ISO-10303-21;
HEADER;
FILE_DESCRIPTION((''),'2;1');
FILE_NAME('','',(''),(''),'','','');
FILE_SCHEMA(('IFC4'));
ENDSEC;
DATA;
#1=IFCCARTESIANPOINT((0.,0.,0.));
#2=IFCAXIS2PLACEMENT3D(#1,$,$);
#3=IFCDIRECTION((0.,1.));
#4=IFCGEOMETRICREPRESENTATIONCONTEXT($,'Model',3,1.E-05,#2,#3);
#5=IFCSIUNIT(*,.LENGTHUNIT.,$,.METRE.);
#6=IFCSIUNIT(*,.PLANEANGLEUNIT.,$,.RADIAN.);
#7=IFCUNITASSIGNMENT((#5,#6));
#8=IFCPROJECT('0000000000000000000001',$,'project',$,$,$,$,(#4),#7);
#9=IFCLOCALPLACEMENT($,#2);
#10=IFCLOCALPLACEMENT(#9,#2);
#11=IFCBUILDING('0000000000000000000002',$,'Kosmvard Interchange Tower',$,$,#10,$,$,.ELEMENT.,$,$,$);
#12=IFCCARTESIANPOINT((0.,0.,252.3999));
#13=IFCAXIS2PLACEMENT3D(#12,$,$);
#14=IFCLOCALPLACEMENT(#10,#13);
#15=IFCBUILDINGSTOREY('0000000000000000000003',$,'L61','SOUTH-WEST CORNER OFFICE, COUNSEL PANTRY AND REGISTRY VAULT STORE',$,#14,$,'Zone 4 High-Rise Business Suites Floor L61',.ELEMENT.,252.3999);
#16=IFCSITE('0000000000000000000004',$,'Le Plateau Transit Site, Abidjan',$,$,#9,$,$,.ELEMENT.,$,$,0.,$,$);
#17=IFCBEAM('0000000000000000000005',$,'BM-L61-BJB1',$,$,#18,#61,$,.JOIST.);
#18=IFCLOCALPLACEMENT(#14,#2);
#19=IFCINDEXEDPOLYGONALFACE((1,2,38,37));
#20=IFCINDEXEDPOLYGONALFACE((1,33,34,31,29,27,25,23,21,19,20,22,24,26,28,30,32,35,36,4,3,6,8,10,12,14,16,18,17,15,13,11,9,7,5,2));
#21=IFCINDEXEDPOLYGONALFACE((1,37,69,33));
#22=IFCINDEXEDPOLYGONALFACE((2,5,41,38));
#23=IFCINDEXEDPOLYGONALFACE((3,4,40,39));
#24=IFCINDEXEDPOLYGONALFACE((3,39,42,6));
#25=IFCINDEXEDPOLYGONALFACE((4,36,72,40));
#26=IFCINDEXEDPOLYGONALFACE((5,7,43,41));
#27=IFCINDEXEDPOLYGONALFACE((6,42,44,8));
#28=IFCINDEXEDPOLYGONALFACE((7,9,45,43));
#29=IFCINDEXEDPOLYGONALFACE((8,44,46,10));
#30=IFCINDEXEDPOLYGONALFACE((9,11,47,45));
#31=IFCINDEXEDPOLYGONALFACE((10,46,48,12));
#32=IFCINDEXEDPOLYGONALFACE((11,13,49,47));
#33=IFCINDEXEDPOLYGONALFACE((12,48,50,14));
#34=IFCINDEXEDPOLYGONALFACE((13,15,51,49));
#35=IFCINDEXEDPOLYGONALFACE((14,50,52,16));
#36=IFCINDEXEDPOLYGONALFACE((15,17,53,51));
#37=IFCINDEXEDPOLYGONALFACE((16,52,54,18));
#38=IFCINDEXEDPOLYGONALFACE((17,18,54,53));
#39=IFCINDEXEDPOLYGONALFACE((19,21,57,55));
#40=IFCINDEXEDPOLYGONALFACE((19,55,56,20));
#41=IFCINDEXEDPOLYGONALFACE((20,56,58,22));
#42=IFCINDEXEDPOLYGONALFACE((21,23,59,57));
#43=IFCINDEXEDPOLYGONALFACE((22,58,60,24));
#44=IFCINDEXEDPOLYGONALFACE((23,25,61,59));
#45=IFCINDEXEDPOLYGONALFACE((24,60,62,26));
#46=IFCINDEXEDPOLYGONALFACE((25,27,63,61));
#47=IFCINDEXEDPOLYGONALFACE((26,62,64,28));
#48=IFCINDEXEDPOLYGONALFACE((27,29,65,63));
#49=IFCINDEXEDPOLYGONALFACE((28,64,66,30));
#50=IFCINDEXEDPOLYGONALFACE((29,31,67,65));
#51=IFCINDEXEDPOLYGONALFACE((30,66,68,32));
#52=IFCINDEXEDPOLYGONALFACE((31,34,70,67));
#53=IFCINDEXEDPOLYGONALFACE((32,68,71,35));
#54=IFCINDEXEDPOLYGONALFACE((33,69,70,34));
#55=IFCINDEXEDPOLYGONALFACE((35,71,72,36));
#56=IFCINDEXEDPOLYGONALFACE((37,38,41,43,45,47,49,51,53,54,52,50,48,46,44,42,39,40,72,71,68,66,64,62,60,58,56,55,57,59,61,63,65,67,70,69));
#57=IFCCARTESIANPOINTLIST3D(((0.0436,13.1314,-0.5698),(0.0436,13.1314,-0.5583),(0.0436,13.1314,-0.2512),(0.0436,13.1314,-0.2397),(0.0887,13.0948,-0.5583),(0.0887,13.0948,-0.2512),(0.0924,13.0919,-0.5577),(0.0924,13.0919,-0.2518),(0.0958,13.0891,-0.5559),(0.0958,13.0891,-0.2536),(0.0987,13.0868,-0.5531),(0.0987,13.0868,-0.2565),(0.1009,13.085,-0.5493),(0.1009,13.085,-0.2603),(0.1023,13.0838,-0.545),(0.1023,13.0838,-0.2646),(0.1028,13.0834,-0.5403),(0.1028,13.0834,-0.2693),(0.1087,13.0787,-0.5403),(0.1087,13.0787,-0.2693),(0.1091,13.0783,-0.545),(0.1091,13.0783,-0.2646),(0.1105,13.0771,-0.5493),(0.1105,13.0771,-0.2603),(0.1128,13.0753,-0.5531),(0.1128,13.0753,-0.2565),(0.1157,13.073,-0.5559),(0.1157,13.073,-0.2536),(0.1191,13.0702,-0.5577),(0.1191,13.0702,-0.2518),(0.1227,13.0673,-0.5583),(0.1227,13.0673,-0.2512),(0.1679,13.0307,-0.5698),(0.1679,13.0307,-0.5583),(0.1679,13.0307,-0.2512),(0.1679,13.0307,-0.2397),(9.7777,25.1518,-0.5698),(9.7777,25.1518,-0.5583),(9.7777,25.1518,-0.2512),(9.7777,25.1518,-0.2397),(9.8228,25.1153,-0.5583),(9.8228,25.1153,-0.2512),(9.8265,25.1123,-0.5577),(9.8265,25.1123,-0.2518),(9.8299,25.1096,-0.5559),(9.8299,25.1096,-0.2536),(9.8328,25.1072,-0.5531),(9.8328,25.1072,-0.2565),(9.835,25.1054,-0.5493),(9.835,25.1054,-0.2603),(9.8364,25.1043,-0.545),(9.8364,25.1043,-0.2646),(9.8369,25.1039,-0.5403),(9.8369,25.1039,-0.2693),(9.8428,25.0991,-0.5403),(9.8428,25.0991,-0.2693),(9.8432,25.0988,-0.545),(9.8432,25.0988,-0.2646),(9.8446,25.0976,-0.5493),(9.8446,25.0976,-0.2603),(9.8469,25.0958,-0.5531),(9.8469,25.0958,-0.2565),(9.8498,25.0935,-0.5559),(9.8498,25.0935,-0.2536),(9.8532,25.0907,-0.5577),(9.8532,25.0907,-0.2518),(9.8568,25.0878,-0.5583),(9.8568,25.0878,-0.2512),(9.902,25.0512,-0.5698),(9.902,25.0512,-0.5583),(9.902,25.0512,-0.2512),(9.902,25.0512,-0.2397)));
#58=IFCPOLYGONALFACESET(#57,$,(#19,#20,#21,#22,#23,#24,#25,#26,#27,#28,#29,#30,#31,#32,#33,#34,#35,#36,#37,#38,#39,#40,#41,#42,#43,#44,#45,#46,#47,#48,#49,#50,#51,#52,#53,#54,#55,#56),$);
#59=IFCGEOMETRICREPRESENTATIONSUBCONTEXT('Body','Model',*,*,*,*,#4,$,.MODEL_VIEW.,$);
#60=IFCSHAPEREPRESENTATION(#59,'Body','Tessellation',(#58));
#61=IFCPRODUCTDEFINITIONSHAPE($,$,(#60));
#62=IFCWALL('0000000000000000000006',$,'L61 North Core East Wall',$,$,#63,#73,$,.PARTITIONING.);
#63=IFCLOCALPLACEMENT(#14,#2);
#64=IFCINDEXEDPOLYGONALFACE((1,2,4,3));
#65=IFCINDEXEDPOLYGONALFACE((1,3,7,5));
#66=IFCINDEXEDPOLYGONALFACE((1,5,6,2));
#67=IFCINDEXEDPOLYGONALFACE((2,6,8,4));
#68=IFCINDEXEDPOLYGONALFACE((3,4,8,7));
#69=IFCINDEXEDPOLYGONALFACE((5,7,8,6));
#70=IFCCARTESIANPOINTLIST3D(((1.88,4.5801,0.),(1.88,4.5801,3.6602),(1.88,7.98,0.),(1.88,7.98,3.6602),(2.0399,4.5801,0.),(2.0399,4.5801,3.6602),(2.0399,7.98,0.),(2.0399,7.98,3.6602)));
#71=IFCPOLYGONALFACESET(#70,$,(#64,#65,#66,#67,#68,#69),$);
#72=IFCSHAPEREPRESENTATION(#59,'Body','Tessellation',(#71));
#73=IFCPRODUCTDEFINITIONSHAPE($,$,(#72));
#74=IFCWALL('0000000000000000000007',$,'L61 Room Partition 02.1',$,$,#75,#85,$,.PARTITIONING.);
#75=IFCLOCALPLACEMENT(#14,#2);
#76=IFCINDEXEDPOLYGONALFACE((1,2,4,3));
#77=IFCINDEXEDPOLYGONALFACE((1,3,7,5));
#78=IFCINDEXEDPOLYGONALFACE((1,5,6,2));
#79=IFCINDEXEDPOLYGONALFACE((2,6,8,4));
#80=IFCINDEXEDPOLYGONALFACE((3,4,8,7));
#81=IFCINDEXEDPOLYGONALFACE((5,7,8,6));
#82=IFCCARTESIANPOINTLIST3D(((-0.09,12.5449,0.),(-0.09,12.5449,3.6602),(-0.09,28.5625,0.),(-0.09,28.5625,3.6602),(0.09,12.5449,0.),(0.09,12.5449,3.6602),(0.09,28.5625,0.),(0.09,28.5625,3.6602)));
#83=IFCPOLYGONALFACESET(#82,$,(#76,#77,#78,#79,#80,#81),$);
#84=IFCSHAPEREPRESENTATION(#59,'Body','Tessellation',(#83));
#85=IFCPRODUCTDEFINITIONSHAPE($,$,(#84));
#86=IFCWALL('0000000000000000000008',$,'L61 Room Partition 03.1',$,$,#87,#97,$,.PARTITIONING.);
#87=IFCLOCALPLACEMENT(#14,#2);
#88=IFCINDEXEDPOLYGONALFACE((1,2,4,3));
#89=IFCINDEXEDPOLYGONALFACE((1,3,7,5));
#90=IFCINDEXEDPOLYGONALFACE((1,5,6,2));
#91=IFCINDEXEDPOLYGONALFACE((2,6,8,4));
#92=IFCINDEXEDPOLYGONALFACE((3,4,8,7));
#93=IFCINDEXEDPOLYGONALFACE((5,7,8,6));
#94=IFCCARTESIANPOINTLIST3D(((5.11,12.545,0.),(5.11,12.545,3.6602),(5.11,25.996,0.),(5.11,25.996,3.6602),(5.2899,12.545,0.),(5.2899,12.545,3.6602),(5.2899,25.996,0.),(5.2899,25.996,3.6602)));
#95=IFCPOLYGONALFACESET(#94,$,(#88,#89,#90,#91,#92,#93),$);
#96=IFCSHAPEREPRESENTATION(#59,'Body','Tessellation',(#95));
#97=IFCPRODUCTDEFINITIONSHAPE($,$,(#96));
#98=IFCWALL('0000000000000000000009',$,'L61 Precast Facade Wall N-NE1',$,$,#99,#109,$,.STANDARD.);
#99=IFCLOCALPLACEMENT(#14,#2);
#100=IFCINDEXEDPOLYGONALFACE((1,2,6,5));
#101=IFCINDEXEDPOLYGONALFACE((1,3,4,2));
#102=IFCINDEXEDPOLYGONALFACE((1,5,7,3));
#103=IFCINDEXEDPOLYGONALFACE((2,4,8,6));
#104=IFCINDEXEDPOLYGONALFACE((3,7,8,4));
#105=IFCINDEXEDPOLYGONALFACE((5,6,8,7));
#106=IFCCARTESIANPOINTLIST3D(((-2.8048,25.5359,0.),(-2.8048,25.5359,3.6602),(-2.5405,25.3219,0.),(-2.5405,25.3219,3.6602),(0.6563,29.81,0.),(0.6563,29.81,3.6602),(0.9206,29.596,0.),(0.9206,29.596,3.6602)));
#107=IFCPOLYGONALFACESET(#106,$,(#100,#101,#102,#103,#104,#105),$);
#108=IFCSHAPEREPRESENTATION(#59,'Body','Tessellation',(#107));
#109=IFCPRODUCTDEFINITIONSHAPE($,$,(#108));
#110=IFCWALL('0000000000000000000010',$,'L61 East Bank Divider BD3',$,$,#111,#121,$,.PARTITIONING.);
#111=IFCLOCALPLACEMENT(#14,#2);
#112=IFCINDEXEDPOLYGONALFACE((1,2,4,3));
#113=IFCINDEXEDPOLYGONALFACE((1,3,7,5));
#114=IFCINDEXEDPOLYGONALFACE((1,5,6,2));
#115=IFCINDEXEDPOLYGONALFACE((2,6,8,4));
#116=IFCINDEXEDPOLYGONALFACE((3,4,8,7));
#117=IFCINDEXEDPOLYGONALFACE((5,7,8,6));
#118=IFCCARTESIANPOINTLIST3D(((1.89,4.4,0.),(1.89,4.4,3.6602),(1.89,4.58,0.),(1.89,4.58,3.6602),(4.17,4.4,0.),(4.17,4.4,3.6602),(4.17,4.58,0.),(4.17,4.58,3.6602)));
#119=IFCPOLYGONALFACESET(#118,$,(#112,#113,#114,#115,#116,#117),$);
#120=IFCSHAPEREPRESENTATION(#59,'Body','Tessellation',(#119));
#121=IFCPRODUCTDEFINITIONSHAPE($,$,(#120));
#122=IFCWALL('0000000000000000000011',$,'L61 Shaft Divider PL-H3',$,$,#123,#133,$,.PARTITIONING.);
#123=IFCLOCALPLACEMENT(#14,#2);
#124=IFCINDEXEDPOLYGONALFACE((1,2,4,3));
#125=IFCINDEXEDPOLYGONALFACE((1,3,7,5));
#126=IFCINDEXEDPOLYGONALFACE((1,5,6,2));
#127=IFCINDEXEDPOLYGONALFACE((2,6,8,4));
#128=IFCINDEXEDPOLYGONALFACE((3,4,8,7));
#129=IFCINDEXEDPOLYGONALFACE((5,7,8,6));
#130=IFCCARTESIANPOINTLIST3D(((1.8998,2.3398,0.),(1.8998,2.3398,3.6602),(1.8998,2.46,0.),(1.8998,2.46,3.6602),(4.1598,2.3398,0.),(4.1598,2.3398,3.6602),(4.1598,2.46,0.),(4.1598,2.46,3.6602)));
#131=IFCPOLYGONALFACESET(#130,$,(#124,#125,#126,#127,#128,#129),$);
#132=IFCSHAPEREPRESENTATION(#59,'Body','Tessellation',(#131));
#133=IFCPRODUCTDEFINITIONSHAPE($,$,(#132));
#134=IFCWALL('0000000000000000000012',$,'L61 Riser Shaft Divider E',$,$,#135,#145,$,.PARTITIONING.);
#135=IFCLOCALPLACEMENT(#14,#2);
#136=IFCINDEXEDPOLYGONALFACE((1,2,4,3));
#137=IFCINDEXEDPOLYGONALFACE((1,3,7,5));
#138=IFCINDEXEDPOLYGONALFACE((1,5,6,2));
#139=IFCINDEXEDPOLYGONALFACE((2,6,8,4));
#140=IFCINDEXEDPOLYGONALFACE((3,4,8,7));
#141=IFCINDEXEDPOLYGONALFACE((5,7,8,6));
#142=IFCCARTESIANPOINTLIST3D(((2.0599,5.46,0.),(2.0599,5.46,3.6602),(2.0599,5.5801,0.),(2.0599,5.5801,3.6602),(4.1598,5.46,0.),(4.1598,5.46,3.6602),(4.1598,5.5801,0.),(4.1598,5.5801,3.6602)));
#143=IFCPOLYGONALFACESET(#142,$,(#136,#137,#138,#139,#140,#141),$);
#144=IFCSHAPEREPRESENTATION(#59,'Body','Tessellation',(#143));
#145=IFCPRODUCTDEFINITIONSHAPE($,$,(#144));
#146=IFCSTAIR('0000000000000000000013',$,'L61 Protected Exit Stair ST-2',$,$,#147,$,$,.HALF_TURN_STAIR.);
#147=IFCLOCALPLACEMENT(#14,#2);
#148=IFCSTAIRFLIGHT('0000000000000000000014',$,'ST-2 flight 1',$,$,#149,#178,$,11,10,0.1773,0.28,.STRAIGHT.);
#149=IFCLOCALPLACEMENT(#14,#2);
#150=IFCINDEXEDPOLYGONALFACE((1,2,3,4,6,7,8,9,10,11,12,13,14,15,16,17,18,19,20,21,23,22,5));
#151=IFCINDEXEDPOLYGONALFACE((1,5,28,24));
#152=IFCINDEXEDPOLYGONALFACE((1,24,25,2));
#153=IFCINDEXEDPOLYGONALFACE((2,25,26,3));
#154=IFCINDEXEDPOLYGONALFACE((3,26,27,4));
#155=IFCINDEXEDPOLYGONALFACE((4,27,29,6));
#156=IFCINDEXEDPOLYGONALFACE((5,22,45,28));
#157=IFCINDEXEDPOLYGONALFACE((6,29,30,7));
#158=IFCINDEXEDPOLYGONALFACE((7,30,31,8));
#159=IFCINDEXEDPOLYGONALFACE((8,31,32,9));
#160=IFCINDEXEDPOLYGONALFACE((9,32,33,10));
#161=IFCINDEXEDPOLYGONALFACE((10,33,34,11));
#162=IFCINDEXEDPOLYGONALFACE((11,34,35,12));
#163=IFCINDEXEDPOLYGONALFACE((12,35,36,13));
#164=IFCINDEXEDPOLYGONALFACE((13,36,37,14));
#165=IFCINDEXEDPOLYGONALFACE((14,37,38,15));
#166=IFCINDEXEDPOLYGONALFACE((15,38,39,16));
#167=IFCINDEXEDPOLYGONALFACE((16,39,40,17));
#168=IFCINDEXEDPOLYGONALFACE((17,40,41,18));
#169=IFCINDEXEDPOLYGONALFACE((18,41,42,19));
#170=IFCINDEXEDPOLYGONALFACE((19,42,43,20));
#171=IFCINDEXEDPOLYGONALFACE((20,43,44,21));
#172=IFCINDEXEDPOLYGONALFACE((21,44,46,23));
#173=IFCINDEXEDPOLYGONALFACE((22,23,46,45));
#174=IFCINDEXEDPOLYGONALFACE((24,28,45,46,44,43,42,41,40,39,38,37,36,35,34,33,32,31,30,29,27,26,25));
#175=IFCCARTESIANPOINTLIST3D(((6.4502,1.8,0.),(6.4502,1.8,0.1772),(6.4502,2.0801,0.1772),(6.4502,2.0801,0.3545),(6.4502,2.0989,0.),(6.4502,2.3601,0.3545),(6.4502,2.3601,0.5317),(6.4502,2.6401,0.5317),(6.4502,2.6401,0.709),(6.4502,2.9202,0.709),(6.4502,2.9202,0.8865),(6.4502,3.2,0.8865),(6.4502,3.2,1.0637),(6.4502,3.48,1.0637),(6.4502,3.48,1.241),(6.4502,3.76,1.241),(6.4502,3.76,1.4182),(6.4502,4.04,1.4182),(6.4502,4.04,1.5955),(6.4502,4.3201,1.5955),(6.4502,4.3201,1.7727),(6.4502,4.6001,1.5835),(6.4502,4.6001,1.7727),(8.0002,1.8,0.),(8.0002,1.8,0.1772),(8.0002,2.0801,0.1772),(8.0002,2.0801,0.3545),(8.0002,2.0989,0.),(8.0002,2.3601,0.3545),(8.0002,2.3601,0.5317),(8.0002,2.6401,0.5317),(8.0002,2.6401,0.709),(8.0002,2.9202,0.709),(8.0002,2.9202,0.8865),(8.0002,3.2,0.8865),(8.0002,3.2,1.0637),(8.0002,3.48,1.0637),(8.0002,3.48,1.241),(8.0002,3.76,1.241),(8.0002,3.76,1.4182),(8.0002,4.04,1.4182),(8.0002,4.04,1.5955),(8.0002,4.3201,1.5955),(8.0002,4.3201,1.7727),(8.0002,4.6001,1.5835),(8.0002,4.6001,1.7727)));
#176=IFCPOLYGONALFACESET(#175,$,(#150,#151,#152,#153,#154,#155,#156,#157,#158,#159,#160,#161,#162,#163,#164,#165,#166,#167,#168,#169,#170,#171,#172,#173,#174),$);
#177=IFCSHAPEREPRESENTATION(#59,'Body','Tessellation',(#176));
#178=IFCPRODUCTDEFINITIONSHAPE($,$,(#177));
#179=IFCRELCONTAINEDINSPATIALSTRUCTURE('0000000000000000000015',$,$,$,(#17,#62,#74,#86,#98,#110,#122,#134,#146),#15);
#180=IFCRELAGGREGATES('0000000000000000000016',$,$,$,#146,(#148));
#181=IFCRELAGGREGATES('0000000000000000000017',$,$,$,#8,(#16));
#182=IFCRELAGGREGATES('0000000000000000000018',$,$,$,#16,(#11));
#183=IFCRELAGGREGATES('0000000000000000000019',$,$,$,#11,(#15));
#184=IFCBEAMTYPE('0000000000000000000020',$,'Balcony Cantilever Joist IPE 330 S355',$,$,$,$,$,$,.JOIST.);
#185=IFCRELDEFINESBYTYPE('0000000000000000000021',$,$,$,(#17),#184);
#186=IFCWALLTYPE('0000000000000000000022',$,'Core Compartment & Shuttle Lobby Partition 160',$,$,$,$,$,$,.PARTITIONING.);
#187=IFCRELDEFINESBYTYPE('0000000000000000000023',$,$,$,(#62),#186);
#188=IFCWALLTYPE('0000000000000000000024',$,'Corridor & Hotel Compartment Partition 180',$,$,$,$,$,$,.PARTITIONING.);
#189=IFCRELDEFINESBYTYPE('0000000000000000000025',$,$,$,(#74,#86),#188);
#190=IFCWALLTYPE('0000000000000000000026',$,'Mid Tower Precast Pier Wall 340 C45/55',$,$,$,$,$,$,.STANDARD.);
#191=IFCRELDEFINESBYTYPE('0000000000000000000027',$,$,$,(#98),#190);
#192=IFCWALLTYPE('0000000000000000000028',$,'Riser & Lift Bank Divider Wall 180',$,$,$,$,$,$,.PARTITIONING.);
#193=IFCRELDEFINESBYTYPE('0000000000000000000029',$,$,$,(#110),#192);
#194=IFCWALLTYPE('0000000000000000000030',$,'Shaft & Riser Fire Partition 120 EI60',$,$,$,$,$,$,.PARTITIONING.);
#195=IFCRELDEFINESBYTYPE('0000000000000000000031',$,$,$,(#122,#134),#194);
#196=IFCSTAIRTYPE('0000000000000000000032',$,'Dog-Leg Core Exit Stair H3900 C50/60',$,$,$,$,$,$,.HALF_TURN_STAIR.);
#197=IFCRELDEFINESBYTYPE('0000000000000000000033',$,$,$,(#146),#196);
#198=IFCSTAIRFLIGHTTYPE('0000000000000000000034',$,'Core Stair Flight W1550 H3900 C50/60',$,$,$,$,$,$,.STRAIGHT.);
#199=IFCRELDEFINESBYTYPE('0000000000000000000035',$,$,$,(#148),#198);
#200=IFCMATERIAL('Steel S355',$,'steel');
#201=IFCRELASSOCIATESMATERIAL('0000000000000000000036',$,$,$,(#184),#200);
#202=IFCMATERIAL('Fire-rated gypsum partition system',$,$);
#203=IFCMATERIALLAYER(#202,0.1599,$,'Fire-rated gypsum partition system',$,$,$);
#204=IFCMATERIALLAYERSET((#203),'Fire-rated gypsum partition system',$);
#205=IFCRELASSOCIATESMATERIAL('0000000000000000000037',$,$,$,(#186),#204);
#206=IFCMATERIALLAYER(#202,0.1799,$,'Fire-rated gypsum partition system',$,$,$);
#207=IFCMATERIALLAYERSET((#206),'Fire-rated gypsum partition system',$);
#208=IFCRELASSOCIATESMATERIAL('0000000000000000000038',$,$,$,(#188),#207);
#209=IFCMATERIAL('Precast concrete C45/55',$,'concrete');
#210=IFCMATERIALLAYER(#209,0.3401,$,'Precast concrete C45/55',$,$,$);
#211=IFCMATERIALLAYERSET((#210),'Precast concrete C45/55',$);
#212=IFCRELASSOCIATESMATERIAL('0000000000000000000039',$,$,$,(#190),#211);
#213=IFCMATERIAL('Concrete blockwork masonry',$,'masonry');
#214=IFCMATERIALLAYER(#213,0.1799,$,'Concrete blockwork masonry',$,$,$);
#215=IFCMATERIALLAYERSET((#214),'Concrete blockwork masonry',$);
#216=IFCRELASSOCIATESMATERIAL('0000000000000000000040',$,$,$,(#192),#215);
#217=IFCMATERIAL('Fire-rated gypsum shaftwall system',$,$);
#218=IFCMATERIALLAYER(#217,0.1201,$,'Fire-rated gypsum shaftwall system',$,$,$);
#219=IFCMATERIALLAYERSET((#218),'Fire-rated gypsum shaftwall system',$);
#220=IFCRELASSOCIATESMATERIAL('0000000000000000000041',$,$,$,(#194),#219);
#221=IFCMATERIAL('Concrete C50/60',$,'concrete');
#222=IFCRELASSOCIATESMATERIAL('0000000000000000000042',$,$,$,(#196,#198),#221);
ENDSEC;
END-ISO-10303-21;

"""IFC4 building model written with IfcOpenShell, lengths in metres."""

from ifc_helpers import new_model, si_unit, direction, frame, frame_2d, origin, origin_2d, place, context, subcontext, project, spatial, polyline, rectangle, i_section, outline, extrude, source, transform, mapped, material, layer, layer_set, material_profile, profile_set, type_object, element, aggregate, save


model = new_model("IFC4")

# Units and contexts
model_context = context("Model", 3, precision=1e-05, world=origin(), true_north=direction((0.0, 1.0)))
body_context = subcontext(model_context, "Body", "Model", "MODEL_VIEW")
ifc_project = project(units=[si_unit("LENGTHUNIT", "METRE"), si_unit("PLANEANGLEUNIT", "RADIAN")], contexts=[model_context])

# Site, building, storey
site_placement = place(None, origin())
site = spatial("IfcSite", under=ifc_project, at=site_placement, Name="Le Plateau Transit Site, Abidjan", CompositionType="ELEMENT", RefElevation=0.0)
building_placement = place(site_placement, origin())
building = spatial("IfcBuilding", under=site, at=building_placement, Name="Kosmvard Interchange Tower", CompositionType="ELEMENT")
storey_placement = place(building_placement, frame((0.0, 0.0, 252.3999)))
storey = spatial("IfcBuildingStorey", under=building, at=storey_placement, Name="L61", Description="SOUTH-WEST CORNER OFFICE, COUNSEL PANTRY AND REGISTRY VAULT STORE", LongName="Zone 4 High-Rise Business Suites Floor L61", CompositionType="ELEMENT", Elevation=252.3999)

# Shared definitions
ifc_material_1 = material(Name="Concrete C50/60", Category="concrete")

# Beam
ifc_material_2 = material(Name="Steel S355", Category="steel")
ifc_material_3 = material(Name="Precast concrete C45/55", Category="concrete")
ifc_material_profile_1 = material_profile(ifc_material_2, i_section(OverallWidth=0.1599, OverallDepth=0.3301, WebThickness=0.0076, FlangeThickness=0.0115, FilletRadius=0.0181, at=origin_2d()), Name="IPE 330")
ifc_profile_set_1 = profile_set([ifc_material_profile_1], Name="Steel S355")
beam_type_1 = type_object("IfcBeamType", Name="Balcony Cantilever Joist IPE 330 S355", PredefinedType="JOIST", material=ifc_profile_set_1)
shared_shape_1 = source(origin(), body_context, "Body", "SweptSolid", [
    extrude(i_section(OverallWidth=0.1599, OverallDepth=0.3301, WebThickness=0.0076, FlangeThickness=0.0115, FilletRadius=0.0181, at=origin_2d()), origin(), (0.0, 0.0, 1.0), 15.4675),
])
beam_1_placement = place(storey_placement, frame((0.1057, 13.0811, -0.4048), z_axis=(0.629325, 0.777142, 0.0), x_axis=(-0.777142, 0.629325, 0.0)))
element("IfcBeam", 1, at=beam_1_placement, inside=storey, type_object=beam_type_1, Name="BM-L61-BJB1", PredefinedType="JOIST", context=body_context, shape_type="MappedRepresentation", body=[
    mapped(shared_shape_1, transform((0.0, 0.0, 0.0), scale=1.0)),
])

# Walls
ifc_material_4 = material(Name="Fire-rated gypsum partition system")
ifc_layer_1 = layer(ifc_material_4, 0.1599, Name="Fire-rated gypsum partition system")
ifc_layer_set_1 = layer_set([ifc_layer_1], Name="Fire-rated gypsum partition system")
wall_type_1 = type_object("IfcWallType", Name="Core Compartment & Shuttle Lobby Partition 160", PredefinedType="PARTITIONING", material=ifc_layer_set_1)
wall_1_placement = place(storey_placement, frame((1.96, 4.5801, 0.0), z_axis=(0.0, 0.0, 1.0), x_axis=(0.0, 1.0, 0.0)))
element("IfcWall", 2, at=wall_1_placement, inside=storey, type_object=wall_type_1, Name="L61 North Core East Wall", PredefinedType="PARTITIONING", context=body_context, shape_type="SweptSolid", body=[
    extrude(rectangle(XDim=3.3999, YDim=0.1599, at=frame_2d((1.7, 0.0))), origin(), (0.0, 0.0, 1.0), 3.6602),
])
ifc_layer_2 = layer(ifc_material_4, 0.1799, Name="Fire-rated gypsum partition system")
ifc_layer_set_2 = layer_set([ifc_layer_2], Name="Fire-rated gypsum partition system")
wall_type_2 = type_object("IfcWallType", Name="Corridor & Hotel Compartment Partition 180", PredefinedType="PARTITIONING", material=ifc_layer_set_2)
wall_2_placement = place(storey_placement, frame((0.0, 12.5449, 0.0), z_axis=(0.0, 0.0, 1.0), x_axis=(0.0, 1.0, 0.0)))
element("IfcWall", 3, at=wall_2_placement, inside=storey, type_object=wall_type_2, Name="L61 Room Partition 02.1", PredefinedType="PARTITIONING", context=body_context, shape_type="SweptSolid", body=[
    extrude(rectangle(XDim=16.0176, YDim=0.1799, at=frame_2d((8.0088, 0.0))), origin(), (0.0, 0.0, 1.0), 3.6602),
])
wall_3_placement = place(storey_placement, frame((5.2, 12.5449, 0.0), z_axis=(0.0, 0.0, 1.0), x_axis=(0.0, 1.0, 0.0)))
element("IfcWall", 4, at=wall_3_placement, inside=storey, type_object=wall_type_2, Name="L61 Room Partition 03.1", PredefinedType="PARTITIONING", context=body_context, shape_type="SweptSolid", body=[
    extrude(rectangle(XDim=13.4509, YDim=0.1799, at=frame_2d((6.7256, 0.0))), origin(), (0.0, 0.0, 1.0), 3.6602),
])
ifc_layer_3 = layer(ifc_material_3, 0.3401, Name="Precast concrete C45/55")
ifc_layer_set_3 = layer_set([ifc_layer_3], Name="Precast concrete C45/55")
wall_type_3 = type_object("IfcWallType", Name="Mid Tower Precast Pier Wall 340 C45/55", PredefinedType="STANDARD", material=ifc_layer_set_3)
wall_4_placement = place(storey_placement, frame((0.7886, 29.7031, 0.0), z_axis=(0.0, 0.0, 1.0), x_axis=(-0.629323, -0.777144, 0.0)))
element("IfcWall", 5, at=wall_4_placement, inside=storey, type_object=wall_type_3, Name="L61 Precast Facade Wall N-NE1", PredefinedType="STANDARD", context=body_context, shape_type="SweptSolid", body=[
    extrude(rectangle(XDim=5.4998, YDim=0.3401, at=frame_2d((2.75, 0.0))), origin(), (0.0, 0.0, 1.0), 3.6602),
])
ifc_material_5 = material(Name="Concrete blockwork masonry", Category="masonry")
ifc_layer_4 = layer(ifc_material_5, 0.1799, Name="Concrete blockwork masonry")
ifc_layer_set_4 = layer_set([ifc_layer_4], Name="Concrete blockwork masonry")
wall_type_4 = type_object("IfcWallType", Name="Riser & Lift Bank Divider Wall 180", PredefinedType="PARTITIONING", material=ifc_layer_set_4)
wall_5_placement = place(storey_placement, frame((1.8899, 4.49, 0.0), z_axis=(0.0, 0.0, 1.0), x_axis=(1.0, 0.0, 0.0)))
element("IfcWall", 6, at=wall_5_placement, inside=storey, type_object=wall_type_4, Name="L61 East Bank Divider BD3", PredefinedType="PARTITIONING", context=body_context, shape_type="SweptSolid", body=[
    extrude(rectangle(XDim=2.28, YDim=0.1799, at=frame_2d((1.1401, 0.0))), origin(), (0.0, 0.0, 1.0), 3.6602),
])
ifc_material_6 = material(Name="Fire-rated gypsum shaftwall system")
ifc_layer_5 = layer(ifc_material_6, 0.1201, Name="Fire-rated gypsum shaftwall system")
ifc_layer_set_5 = layer_set([ifc_layer_5], Name="Fire-rated gypsum shaftwall system")
wall_type_5 = type_object("IfcWallType", Name="Shaft & Riser Fire Partition 120 EI60", PredefinedType="PARTITIONING", material=ifc_layer_set_5)
wall_6_placement = place(storey_placement, frame((1.8999, 2.3999, 0.0), z_axis=(0.0, 0.0, 1.0), x_axis=(1.0, 0.0, 0.0)))
element("IfcWall", 7, at=wall_6_placement, inside=storey, type_object=wall_type_5, Name="L61 Shaft Divider PL-H3", PredefinedType="PARTITIONING", context=body_context, shape_type="SweptSolid", body=[
    extrude(rectangle(XDim=2.26, YDim=0.1201, at=frame_2d((1.1299, 0.0))), origin(), (0.0, 0.0, 1.0), 3.6602),
])
wall_7_placement = place(storey_placement, frame((2.0601, 5.52, 0.0), z_axis=(0.0, 0.0, 1.0), x_axis=(1.0, 0.0, 0.0)))
element("IfcWall", 8, at=wall_7_placement, inside=storey, type_object=wall_type_5, Name="L61 Riser Shaft Divider E", PredefinedType="PARTITIONING", context=body_context, shape_type="SweptSolid", body=[
    extrude(rectangle(XDim=2.0999, YDim=0.1201, at=frame_2d((1.0498, 0.0))), origin(), (0.0, 0.0, 1.0), 3.6602),
])

# Stair, stair flight
stair_type = type_object("IfcStairType", Name="Dog-Leg Core Exit Stair H3900 C50/60", PredefinedType="HALF_TURN_STAIR", material=ifc_material_1)
stair_placement = place(storey_placement, origin())
stair = element("IfcStair", 9, at=stair_placement, inside=storey, type_object=stair_type, Name="L61 Protected Exit Stair ST-2", PredefinedType="HALF_TURN_STAIR")
stair_flight_type = type_object("IfcStairFlightType", Name="Core Stair Flight W1550 H3900 C50/60", PredefinedType="STRAIGHT", material=ifc_material_1)
shared_shape_2 = source(origin(), body_context, "Body", "SweptSolid", [
    extrude(outline(polyline([(0.0, 0.0), (0.0, 0.1772), (0.28, 0.1772), (0.28, 0.3545), (0.5601, 0.3545), (0.5601, 0.5317), (0.8401, 0.5317), (0.8401, 0.709), (1.1201, 0.709), (1.1201, 0.8865), (1.3999, 0.8865), (1.3999, 1.0637), (1.6799, 1.0637), (1.6799, 1.241), (1.96, 1.241), (1.96, 1.4182), (2.24, 1.4182), (2.24, 1.5955), (2.52, 1.5955), (2.52, 1.7727), (2.8, 1.7727), (2.8, 1.95), (2.8, 1.5835), (0.2988, 0.0), (0.0, 0.0)])), frame((0.0, 0.7749, 0.0), z_axis=(0.0, -1.0, 0.0), x_axis=(1.0, 0.0, 0.0)), (0.0, 0.0, 1.0), 1.55),
])
stair_flight_1_placement = place(storey_placement, frame((7.2251, 1.8, 0.0), z_axis=(0.0, 0.0, 1.0), x_axis=(0.0, 1.0, 0.0)))
stair_flight_1 = element("IfcStairFlight", 10, at=stair_flight_1_placement, type_object=stair_flight_type, Name="ST-2 flight 1", NumberOfRisers=11, NumberOfTreads=10, PredefinedType="STRAIGHT", RiserHeight=0.1773, TreadLength=0.28, context=body_context, shape_type="MappedRepresentation", body=[
    mapped(shared_shape_2, transform((0.0, 0.0, 0.0), scale=1.0)),
])
aggregate(stair, [stair_flight_1])

save(model, "model.ifc")
